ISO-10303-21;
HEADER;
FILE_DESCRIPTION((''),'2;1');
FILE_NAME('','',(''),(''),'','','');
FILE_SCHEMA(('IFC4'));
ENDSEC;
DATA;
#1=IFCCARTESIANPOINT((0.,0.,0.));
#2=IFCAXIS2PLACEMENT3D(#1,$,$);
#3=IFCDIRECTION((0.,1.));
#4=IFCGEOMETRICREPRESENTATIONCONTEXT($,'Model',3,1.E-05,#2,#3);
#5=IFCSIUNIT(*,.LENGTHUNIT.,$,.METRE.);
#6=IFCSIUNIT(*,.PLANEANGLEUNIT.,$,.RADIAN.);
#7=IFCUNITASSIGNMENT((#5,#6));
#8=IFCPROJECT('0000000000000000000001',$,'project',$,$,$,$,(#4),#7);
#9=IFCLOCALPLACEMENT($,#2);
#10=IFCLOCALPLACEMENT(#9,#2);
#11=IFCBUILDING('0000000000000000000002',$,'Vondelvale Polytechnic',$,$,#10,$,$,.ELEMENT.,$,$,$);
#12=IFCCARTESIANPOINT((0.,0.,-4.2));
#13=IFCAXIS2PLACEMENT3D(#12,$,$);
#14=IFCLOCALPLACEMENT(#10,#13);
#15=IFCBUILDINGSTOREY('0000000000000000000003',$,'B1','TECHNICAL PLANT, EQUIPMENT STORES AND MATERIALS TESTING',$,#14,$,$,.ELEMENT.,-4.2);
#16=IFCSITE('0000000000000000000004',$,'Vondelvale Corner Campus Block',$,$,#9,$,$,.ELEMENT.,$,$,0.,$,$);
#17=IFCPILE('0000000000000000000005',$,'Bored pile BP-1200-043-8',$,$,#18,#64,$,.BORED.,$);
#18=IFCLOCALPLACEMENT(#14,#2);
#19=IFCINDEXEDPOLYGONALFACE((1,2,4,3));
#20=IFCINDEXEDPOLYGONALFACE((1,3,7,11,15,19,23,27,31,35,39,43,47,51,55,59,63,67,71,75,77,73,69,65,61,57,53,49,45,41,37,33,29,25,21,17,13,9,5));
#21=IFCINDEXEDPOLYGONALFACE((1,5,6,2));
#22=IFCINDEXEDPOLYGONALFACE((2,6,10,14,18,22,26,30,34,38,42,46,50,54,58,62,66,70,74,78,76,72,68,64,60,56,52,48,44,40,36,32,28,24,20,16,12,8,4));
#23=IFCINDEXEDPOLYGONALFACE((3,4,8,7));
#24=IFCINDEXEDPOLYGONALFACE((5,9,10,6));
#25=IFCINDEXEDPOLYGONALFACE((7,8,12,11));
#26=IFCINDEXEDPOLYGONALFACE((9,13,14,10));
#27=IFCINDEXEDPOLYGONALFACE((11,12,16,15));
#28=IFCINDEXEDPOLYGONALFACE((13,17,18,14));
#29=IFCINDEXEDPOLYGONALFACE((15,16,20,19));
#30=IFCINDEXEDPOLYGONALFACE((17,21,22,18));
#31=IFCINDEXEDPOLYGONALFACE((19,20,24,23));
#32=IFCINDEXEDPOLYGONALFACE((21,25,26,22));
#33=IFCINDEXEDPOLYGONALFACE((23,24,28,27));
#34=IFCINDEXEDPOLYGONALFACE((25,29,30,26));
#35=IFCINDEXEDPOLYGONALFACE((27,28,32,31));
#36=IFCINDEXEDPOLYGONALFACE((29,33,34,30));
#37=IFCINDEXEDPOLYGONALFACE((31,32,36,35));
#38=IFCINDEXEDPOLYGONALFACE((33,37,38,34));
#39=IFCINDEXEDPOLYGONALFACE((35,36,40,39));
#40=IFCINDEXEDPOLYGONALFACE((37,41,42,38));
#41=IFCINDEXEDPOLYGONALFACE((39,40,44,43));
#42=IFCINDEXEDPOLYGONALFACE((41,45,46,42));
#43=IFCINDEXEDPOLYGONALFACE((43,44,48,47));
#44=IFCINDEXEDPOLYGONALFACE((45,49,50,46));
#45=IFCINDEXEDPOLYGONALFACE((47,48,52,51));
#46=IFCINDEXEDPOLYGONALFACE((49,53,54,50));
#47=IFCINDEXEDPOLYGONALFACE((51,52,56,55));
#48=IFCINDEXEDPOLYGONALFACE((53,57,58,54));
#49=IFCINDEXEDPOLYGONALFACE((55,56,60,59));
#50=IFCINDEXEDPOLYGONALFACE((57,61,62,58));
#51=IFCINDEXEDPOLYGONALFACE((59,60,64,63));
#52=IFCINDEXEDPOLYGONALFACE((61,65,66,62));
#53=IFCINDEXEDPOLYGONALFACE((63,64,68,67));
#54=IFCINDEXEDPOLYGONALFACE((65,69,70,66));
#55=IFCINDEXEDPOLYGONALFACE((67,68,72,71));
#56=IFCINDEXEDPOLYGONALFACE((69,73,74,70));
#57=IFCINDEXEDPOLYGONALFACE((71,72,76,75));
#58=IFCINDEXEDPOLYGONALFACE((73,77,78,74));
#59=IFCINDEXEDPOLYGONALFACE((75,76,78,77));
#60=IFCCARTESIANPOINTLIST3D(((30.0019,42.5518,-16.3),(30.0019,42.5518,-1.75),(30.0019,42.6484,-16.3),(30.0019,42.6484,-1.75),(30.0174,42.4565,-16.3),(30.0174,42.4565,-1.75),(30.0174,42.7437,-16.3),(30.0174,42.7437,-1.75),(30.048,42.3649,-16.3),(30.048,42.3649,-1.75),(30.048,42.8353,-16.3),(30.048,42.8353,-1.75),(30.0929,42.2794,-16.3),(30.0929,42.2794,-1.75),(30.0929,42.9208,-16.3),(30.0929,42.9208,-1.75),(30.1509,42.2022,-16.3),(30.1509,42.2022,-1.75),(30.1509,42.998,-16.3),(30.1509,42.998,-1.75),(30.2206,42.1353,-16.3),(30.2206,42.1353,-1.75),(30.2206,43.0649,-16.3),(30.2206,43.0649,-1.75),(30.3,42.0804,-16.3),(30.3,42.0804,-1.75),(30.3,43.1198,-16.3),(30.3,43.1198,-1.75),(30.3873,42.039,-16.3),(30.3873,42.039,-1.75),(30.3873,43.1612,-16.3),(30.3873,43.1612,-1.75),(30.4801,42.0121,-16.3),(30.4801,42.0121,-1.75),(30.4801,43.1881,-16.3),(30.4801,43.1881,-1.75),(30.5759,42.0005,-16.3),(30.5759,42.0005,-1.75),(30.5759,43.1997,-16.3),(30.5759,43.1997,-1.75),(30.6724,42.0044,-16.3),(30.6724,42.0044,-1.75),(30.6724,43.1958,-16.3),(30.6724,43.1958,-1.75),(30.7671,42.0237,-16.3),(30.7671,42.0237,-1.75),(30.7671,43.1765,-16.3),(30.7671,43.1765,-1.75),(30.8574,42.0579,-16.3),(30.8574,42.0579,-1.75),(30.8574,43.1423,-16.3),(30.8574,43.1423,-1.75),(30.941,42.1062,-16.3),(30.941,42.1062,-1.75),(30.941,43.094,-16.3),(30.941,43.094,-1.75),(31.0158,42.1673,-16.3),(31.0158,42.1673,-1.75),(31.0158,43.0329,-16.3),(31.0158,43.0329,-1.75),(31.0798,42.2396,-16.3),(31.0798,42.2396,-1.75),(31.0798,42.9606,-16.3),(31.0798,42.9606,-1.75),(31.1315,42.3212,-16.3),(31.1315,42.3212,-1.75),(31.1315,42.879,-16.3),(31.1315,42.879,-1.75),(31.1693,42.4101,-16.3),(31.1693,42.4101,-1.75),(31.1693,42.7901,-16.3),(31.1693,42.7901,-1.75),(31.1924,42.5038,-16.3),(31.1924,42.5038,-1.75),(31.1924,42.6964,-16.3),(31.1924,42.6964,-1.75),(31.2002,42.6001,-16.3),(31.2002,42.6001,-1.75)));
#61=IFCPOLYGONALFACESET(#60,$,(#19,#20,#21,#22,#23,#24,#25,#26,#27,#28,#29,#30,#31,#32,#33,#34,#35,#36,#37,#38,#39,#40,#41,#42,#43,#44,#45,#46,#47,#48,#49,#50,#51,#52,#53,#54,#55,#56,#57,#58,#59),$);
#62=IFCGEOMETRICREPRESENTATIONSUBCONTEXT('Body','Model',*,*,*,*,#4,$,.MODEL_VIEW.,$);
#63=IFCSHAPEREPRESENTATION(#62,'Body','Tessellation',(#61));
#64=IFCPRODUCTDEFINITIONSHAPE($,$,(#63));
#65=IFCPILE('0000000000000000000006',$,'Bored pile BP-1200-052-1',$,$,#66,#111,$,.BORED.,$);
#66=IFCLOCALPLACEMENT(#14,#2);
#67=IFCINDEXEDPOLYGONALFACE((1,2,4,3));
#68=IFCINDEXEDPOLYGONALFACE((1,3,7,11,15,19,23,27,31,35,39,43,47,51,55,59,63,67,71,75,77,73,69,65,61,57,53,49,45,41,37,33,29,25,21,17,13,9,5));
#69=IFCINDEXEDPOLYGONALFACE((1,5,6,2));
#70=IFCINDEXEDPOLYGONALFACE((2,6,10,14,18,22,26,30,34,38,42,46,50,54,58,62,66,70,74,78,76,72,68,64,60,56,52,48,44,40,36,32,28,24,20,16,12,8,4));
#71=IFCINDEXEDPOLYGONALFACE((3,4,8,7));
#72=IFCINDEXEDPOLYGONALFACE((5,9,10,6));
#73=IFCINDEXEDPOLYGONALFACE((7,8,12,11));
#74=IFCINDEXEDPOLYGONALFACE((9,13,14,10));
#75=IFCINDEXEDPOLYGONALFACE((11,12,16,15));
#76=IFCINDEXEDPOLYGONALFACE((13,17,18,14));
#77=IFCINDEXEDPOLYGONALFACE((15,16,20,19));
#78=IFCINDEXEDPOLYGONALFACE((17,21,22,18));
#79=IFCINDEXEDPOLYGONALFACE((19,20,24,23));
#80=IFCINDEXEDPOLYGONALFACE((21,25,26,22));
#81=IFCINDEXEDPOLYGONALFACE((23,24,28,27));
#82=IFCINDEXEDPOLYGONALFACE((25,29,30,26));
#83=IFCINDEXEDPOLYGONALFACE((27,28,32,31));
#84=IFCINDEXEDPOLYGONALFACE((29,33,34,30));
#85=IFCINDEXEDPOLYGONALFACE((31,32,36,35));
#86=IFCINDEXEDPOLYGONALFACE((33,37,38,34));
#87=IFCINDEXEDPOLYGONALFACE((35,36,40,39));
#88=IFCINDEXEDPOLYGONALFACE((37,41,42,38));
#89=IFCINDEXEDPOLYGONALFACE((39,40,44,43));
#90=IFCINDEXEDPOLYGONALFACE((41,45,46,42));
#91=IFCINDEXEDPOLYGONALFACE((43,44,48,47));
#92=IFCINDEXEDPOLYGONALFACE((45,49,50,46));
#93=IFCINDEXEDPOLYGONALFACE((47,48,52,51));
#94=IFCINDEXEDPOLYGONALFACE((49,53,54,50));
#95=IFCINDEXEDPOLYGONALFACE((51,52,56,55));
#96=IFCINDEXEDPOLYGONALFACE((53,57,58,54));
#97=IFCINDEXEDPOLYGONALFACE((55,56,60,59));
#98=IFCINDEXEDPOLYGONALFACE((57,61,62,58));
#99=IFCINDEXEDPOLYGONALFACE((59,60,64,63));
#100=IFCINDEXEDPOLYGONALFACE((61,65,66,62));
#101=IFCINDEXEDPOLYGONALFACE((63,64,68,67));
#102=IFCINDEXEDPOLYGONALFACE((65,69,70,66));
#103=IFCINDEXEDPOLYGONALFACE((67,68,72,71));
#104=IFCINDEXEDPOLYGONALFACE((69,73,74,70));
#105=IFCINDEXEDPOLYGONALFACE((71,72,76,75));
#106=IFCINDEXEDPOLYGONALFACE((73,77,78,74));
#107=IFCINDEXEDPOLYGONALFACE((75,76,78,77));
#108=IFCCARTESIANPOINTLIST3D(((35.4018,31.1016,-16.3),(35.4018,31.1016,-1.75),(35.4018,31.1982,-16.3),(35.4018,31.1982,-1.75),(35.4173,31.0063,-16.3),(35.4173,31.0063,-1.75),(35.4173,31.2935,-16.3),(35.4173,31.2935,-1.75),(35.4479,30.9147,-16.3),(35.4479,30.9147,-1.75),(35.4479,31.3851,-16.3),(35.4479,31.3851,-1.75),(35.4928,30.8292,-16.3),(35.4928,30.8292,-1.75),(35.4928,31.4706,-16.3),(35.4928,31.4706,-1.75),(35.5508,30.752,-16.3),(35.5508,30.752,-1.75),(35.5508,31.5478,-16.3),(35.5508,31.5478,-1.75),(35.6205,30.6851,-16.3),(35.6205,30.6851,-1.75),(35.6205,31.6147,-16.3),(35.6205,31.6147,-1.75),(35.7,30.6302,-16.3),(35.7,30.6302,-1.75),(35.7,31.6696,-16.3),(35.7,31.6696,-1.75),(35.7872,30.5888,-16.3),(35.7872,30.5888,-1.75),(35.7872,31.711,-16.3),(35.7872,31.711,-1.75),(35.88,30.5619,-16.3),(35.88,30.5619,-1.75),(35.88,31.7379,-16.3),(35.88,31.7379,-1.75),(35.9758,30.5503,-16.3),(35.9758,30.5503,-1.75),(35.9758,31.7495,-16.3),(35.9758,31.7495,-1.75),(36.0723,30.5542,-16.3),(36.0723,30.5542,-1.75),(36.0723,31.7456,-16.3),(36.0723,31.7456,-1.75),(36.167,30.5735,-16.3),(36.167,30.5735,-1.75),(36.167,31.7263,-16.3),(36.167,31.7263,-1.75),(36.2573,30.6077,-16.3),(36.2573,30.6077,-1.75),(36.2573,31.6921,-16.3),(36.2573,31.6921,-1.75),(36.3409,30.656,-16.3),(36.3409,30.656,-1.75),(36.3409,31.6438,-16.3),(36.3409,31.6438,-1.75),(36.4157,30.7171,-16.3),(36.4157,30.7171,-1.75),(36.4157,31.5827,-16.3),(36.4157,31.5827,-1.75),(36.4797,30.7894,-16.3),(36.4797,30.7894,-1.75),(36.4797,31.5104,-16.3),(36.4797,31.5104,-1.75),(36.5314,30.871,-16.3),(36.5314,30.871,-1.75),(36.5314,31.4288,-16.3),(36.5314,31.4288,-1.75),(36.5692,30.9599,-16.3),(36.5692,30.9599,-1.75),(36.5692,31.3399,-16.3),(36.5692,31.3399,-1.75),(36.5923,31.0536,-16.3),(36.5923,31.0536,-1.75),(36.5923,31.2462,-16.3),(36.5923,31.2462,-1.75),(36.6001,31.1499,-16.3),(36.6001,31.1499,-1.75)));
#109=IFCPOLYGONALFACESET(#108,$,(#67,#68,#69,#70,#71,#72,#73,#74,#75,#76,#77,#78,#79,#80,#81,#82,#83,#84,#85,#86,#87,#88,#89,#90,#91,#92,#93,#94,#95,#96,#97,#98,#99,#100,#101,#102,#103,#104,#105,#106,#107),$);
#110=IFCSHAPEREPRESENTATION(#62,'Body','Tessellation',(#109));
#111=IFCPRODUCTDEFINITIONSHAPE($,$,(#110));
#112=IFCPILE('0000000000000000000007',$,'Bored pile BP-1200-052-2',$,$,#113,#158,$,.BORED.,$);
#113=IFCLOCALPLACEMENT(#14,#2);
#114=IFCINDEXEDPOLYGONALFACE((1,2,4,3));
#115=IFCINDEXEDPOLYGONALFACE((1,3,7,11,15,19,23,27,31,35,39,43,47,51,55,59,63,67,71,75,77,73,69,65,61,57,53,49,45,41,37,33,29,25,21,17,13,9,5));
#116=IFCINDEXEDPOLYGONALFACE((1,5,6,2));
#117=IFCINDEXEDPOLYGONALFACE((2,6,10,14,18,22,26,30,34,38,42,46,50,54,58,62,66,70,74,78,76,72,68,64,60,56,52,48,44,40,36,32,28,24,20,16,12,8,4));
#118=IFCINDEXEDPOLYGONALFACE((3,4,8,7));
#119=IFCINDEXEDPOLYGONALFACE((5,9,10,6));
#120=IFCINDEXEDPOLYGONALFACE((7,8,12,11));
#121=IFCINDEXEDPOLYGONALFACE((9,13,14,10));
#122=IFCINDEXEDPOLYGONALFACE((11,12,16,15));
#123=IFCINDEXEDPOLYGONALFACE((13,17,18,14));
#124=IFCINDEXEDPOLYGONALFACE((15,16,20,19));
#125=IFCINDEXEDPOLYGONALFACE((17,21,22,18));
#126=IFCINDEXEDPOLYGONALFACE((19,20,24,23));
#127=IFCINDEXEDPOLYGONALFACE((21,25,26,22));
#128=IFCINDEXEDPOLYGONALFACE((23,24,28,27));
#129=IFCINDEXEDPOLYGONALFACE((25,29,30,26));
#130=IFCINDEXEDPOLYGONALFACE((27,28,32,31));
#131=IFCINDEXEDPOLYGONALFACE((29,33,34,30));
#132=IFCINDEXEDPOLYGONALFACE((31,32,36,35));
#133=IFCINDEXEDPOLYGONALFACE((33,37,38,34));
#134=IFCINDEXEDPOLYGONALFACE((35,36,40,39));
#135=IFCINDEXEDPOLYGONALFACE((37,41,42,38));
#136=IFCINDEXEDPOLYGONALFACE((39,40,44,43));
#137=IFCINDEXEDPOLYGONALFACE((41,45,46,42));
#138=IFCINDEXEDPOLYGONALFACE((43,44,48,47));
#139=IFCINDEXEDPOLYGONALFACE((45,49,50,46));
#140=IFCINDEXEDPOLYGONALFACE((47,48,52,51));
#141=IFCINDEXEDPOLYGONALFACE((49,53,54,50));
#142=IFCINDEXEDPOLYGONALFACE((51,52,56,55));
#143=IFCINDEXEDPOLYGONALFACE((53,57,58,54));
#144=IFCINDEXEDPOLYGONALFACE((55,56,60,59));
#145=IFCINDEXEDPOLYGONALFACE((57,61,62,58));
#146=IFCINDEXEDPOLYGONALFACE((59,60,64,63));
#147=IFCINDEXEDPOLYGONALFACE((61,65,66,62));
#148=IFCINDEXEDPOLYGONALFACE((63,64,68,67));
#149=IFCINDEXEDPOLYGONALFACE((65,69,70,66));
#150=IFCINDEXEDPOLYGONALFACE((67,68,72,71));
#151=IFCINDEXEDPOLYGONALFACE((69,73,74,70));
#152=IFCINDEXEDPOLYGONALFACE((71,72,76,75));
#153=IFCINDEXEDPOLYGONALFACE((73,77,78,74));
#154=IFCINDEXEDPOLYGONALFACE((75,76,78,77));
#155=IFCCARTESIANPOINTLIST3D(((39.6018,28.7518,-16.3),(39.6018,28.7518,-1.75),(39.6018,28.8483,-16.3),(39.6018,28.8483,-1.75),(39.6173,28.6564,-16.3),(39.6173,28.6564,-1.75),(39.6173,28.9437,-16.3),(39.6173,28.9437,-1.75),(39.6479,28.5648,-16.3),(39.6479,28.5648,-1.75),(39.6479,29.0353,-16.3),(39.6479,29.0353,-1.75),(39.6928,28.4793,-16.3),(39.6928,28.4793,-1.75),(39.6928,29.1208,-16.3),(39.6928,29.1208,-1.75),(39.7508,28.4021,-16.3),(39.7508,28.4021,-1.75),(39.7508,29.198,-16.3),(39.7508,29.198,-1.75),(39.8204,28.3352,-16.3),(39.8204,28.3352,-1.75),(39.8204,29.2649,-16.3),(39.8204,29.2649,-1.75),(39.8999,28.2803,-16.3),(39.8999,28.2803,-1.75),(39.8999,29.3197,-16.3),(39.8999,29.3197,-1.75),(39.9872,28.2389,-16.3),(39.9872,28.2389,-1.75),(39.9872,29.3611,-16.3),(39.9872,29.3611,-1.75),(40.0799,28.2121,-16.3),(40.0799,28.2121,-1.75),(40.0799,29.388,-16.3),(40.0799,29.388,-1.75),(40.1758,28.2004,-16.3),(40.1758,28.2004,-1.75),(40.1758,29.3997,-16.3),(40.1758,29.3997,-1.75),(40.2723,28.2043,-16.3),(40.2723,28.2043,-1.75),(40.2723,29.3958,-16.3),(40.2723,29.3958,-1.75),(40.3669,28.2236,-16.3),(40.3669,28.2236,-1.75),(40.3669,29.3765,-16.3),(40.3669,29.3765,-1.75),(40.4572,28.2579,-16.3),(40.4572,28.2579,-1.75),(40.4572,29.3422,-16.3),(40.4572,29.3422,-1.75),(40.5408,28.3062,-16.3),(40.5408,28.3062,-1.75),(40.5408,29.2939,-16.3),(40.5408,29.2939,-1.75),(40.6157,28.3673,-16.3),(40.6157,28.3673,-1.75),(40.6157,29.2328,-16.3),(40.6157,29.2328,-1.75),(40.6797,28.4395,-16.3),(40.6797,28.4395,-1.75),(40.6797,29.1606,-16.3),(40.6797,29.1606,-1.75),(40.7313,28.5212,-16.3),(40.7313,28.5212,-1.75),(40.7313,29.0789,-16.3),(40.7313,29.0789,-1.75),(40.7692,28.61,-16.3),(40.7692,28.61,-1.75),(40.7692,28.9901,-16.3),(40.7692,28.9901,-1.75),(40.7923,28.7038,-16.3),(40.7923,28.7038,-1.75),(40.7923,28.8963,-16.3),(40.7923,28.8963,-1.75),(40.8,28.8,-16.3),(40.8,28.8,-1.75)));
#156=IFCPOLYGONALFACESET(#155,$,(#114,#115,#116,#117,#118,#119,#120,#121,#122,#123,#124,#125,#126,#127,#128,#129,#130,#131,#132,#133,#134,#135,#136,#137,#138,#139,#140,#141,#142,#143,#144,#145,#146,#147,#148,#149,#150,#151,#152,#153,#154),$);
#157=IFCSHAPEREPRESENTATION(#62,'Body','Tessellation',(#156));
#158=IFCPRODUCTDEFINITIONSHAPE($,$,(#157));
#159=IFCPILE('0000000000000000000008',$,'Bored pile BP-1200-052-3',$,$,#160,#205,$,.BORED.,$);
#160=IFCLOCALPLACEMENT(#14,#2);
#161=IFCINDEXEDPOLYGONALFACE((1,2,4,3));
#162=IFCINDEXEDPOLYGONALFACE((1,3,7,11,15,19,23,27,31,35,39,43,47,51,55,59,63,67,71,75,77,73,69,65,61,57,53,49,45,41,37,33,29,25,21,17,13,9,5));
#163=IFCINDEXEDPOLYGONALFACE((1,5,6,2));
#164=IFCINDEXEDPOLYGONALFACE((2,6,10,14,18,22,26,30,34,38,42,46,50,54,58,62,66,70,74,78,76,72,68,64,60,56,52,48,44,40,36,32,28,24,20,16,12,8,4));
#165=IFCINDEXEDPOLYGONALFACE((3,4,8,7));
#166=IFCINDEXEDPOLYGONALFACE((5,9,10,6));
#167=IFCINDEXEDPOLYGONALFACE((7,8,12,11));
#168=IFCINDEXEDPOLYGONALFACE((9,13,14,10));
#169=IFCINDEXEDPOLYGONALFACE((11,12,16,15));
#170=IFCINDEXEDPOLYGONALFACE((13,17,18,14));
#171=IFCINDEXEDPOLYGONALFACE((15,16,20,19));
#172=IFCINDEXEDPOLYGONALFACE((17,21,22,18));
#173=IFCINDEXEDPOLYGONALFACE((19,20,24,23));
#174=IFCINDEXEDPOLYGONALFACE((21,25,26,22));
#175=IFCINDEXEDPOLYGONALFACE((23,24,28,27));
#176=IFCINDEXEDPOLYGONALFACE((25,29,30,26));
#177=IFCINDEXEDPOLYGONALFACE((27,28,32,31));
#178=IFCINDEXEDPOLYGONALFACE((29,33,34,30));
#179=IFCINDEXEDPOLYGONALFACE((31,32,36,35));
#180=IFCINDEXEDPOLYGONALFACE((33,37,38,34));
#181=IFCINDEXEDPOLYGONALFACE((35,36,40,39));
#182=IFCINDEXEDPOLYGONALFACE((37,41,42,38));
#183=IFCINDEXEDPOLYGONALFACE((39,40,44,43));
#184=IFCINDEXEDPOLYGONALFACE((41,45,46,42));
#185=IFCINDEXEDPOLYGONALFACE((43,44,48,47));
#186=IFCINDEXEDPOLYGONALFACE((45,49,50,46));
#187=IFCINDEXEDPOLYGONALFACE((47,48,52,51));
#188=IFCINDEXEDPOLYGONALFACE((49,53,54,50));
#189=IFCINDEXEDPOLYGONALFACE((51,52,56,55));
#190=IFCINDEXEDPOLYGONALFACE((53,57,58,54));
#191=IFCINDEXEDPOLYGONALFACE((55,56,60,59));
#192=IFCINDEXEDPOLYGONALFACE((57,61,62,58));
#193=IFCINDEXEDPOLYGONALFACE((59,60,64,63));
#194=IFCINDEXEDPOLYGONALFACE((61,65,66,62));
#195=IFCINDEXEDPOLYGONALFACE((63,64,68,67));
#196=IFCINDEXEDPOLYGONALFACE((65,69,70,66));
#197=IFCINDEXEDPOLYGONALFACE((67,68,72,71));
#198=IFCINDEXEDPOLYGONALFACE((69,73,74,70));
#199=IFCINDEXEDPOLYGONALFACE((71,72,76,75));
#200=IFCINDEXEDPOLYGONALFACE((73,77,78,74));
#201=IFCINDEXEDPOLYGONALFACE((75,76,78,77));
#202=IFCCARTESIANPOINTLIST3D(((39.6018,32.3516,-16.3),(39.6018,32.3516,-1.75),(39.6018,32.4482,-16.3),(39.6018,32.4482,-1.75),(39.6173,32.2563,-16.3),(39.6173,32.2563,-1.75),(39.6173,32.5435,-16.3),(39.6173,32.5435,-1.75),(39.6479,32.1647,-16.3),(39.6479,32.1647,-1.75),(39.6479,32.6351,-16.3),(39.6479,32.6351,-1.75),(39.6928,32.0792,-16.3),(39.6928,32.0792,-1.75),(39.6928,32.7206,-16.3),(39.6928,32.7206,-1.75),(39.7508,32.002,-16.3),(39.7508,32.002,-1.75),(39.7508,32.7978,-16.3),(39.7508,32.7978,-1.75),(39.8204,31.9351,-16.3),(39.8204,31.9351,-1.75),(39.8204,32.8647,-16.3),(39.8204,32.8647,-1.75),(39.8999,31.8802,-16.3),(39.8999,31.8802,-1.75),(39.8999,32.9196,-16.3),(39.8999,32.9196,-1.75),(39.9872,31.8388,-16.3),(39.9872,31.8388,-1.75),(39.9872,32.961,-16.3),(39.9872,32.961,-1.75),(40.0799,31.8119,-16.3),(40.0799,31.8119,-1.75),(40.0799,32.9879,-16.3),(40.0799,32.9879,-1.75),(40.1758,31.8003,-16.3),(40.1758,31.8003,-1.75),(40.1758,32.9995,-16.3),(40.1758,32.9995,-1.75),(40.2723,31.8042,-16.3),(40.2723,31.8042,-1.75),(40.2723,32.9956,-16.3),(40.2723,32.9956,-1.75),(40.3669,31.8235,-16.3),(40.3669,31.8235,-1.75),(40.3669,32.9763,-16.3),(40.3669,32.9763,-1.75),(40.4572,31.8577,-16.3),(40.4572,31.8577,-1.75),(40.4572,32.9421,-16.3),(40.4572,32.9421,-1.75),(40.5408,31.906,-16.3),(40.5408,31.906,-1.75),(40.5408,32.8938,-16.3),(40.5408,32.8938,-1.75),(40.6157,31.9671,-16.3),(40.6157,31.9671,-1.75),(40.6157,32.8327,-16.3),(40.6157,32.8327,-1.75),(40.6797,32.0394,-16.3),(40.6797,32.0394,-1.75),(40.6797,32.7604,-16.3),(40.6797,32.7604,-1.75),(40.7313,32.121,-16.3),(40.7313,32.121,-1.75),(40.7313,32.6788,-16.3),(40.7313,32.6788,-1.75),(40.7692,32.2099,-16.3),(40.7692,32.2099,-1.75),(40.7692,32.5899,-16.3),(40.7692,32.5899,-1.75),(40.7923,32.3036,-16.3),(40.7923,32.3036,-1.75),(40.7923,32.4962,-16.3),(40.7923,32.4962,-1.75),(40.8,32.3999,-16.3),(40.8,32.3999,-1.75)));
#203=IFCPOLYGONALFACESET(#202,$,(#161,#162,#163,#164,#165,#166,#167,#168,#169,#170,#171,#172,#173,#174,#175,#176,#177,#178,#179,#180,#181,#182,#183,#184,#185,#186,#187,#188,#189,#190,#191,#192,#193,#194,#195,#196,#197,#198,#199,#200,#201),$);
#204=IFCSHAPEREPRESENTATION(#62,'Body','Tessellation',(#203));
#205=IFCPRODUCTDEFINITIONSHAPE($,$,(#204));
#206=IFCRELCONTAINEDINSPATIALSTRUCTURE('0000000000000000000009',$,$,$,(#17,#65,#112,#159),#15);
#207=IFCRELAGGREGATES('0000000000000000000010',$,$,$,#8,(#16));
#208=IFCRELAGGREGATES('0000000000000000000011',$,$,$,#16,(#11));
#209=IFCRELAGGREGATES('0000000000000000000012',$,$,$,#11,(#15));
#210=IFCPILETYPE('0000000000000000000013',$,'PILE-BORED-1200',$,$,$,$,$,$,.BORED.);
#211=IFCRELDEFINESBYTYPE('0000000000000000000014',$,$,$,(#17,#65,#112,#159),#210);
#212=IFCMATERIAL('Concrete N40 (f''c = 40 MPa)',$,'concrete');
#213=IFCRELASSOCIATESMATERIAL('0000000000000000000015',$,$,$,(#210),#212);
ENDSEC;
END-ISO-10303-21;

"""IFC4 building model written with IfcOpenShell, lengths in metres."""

from ifc_helpers import new_model, si_unit, direction, frame, origin, origin_2d, place, context, subcontext, project, spatial, circle, extrude, material, material_profile, profile_set, type_object, element, save


model = new_model("IFC4")

# Units and contexts
model_context = context("Model", 3, precision=1e-05, world=origin(), true_north=direction((0.0, 1.0)))
body_context = subcontext(model_context, "Body", "Model", "MODEL_VIEW")
ifc_project = project(units=[si_unit("LENGTHUNIT", "METRE"), si_unit("PLANEANGLEUNIT", "RADIAN")], contexts=[model_context])

# Site, building, storey
site_placement = place(None, origin())
site = spatial("IfcSite", under=ifc_project, at=site_placement, Name="Vondelvale Corner Campus Block", CompositionType="ELEMENT", RefElevation=0.0)
building_placement = place(site_placement, origin())
building = spatial("IfcBuilding", under=site, at=building_placement, Name="Vondelvale Polytechnic", CompositionType="ELEMENT")
storey_placement = place(building_placement, frame((0.0, 0.0, -4.2)))
storey = spatial("IfcBuildingStorey", under=building, at=storey_placement, Name="B1", Description="TECHNICAL PLANT, EQUIPMENT STORES AND MATERIALS TESTING", CompositionType="ELEMENT", Elevation=-4.2)

# Shared definitions
ifc_material_1 = material(Name="Concrete N40 (f'c = 40 MPa)", Category="concrete")

# Piles
ifc_material_profile_1 = material_profile(ifc_material_1, circle(Radius=0.6001, at=origin_2d()), Name="PILE-D1200")
ifc_profile_set_1 = profile_set([ifc_material_profile_1], Name="Concrete N40 (f'c = 40 MPa)")
pile_type = type_object("IfcPileType", Name="PILE-BORED-1200", PredefinedType="BORED", material=ifc_profile_set_1)
for number, where, z_axis, x_axis, name in (
    (1, (30.6001, 42.6001, -1.75), (0.0, 0.0, -1.0), (1.0, 0.0, 0.0), "Bored pile BP-1200-043-8"),
    (2, (36.0, 31.1499, -1.75), (0.0, 0.0, -1.0), (1.0, 0.0, 0.0), "Bored pile BP-1200-052-1"),
    (3, (40.2, 28.8, -1.75), (0.0, 0.0, -1.0), (1.0, 0.0, 0.0), "Bored pile BP-1200-052-2"),
    (4, (40.2, 32.3999, -1.75), (0.0, 0.0, -1.0), (1.0, 0.0, 0.0), "Bored pile BP-1200-052-3"),
):
    element("IfcPile", number, at=place(storey_placement, frame(where, z_axis=z_axis, x_axis=x_axis)), inside=storey, type_object=pile_type, Name=name, PredefinedType="BORED", context=body_context, shape_type="SweptSolid", body=[
        extrude(circle(Radius=0.6001, at=origin_2d()), origin(), (0.0, 0.0, 1.0), 14.55),
    ])

save(model, "model.ifc")
